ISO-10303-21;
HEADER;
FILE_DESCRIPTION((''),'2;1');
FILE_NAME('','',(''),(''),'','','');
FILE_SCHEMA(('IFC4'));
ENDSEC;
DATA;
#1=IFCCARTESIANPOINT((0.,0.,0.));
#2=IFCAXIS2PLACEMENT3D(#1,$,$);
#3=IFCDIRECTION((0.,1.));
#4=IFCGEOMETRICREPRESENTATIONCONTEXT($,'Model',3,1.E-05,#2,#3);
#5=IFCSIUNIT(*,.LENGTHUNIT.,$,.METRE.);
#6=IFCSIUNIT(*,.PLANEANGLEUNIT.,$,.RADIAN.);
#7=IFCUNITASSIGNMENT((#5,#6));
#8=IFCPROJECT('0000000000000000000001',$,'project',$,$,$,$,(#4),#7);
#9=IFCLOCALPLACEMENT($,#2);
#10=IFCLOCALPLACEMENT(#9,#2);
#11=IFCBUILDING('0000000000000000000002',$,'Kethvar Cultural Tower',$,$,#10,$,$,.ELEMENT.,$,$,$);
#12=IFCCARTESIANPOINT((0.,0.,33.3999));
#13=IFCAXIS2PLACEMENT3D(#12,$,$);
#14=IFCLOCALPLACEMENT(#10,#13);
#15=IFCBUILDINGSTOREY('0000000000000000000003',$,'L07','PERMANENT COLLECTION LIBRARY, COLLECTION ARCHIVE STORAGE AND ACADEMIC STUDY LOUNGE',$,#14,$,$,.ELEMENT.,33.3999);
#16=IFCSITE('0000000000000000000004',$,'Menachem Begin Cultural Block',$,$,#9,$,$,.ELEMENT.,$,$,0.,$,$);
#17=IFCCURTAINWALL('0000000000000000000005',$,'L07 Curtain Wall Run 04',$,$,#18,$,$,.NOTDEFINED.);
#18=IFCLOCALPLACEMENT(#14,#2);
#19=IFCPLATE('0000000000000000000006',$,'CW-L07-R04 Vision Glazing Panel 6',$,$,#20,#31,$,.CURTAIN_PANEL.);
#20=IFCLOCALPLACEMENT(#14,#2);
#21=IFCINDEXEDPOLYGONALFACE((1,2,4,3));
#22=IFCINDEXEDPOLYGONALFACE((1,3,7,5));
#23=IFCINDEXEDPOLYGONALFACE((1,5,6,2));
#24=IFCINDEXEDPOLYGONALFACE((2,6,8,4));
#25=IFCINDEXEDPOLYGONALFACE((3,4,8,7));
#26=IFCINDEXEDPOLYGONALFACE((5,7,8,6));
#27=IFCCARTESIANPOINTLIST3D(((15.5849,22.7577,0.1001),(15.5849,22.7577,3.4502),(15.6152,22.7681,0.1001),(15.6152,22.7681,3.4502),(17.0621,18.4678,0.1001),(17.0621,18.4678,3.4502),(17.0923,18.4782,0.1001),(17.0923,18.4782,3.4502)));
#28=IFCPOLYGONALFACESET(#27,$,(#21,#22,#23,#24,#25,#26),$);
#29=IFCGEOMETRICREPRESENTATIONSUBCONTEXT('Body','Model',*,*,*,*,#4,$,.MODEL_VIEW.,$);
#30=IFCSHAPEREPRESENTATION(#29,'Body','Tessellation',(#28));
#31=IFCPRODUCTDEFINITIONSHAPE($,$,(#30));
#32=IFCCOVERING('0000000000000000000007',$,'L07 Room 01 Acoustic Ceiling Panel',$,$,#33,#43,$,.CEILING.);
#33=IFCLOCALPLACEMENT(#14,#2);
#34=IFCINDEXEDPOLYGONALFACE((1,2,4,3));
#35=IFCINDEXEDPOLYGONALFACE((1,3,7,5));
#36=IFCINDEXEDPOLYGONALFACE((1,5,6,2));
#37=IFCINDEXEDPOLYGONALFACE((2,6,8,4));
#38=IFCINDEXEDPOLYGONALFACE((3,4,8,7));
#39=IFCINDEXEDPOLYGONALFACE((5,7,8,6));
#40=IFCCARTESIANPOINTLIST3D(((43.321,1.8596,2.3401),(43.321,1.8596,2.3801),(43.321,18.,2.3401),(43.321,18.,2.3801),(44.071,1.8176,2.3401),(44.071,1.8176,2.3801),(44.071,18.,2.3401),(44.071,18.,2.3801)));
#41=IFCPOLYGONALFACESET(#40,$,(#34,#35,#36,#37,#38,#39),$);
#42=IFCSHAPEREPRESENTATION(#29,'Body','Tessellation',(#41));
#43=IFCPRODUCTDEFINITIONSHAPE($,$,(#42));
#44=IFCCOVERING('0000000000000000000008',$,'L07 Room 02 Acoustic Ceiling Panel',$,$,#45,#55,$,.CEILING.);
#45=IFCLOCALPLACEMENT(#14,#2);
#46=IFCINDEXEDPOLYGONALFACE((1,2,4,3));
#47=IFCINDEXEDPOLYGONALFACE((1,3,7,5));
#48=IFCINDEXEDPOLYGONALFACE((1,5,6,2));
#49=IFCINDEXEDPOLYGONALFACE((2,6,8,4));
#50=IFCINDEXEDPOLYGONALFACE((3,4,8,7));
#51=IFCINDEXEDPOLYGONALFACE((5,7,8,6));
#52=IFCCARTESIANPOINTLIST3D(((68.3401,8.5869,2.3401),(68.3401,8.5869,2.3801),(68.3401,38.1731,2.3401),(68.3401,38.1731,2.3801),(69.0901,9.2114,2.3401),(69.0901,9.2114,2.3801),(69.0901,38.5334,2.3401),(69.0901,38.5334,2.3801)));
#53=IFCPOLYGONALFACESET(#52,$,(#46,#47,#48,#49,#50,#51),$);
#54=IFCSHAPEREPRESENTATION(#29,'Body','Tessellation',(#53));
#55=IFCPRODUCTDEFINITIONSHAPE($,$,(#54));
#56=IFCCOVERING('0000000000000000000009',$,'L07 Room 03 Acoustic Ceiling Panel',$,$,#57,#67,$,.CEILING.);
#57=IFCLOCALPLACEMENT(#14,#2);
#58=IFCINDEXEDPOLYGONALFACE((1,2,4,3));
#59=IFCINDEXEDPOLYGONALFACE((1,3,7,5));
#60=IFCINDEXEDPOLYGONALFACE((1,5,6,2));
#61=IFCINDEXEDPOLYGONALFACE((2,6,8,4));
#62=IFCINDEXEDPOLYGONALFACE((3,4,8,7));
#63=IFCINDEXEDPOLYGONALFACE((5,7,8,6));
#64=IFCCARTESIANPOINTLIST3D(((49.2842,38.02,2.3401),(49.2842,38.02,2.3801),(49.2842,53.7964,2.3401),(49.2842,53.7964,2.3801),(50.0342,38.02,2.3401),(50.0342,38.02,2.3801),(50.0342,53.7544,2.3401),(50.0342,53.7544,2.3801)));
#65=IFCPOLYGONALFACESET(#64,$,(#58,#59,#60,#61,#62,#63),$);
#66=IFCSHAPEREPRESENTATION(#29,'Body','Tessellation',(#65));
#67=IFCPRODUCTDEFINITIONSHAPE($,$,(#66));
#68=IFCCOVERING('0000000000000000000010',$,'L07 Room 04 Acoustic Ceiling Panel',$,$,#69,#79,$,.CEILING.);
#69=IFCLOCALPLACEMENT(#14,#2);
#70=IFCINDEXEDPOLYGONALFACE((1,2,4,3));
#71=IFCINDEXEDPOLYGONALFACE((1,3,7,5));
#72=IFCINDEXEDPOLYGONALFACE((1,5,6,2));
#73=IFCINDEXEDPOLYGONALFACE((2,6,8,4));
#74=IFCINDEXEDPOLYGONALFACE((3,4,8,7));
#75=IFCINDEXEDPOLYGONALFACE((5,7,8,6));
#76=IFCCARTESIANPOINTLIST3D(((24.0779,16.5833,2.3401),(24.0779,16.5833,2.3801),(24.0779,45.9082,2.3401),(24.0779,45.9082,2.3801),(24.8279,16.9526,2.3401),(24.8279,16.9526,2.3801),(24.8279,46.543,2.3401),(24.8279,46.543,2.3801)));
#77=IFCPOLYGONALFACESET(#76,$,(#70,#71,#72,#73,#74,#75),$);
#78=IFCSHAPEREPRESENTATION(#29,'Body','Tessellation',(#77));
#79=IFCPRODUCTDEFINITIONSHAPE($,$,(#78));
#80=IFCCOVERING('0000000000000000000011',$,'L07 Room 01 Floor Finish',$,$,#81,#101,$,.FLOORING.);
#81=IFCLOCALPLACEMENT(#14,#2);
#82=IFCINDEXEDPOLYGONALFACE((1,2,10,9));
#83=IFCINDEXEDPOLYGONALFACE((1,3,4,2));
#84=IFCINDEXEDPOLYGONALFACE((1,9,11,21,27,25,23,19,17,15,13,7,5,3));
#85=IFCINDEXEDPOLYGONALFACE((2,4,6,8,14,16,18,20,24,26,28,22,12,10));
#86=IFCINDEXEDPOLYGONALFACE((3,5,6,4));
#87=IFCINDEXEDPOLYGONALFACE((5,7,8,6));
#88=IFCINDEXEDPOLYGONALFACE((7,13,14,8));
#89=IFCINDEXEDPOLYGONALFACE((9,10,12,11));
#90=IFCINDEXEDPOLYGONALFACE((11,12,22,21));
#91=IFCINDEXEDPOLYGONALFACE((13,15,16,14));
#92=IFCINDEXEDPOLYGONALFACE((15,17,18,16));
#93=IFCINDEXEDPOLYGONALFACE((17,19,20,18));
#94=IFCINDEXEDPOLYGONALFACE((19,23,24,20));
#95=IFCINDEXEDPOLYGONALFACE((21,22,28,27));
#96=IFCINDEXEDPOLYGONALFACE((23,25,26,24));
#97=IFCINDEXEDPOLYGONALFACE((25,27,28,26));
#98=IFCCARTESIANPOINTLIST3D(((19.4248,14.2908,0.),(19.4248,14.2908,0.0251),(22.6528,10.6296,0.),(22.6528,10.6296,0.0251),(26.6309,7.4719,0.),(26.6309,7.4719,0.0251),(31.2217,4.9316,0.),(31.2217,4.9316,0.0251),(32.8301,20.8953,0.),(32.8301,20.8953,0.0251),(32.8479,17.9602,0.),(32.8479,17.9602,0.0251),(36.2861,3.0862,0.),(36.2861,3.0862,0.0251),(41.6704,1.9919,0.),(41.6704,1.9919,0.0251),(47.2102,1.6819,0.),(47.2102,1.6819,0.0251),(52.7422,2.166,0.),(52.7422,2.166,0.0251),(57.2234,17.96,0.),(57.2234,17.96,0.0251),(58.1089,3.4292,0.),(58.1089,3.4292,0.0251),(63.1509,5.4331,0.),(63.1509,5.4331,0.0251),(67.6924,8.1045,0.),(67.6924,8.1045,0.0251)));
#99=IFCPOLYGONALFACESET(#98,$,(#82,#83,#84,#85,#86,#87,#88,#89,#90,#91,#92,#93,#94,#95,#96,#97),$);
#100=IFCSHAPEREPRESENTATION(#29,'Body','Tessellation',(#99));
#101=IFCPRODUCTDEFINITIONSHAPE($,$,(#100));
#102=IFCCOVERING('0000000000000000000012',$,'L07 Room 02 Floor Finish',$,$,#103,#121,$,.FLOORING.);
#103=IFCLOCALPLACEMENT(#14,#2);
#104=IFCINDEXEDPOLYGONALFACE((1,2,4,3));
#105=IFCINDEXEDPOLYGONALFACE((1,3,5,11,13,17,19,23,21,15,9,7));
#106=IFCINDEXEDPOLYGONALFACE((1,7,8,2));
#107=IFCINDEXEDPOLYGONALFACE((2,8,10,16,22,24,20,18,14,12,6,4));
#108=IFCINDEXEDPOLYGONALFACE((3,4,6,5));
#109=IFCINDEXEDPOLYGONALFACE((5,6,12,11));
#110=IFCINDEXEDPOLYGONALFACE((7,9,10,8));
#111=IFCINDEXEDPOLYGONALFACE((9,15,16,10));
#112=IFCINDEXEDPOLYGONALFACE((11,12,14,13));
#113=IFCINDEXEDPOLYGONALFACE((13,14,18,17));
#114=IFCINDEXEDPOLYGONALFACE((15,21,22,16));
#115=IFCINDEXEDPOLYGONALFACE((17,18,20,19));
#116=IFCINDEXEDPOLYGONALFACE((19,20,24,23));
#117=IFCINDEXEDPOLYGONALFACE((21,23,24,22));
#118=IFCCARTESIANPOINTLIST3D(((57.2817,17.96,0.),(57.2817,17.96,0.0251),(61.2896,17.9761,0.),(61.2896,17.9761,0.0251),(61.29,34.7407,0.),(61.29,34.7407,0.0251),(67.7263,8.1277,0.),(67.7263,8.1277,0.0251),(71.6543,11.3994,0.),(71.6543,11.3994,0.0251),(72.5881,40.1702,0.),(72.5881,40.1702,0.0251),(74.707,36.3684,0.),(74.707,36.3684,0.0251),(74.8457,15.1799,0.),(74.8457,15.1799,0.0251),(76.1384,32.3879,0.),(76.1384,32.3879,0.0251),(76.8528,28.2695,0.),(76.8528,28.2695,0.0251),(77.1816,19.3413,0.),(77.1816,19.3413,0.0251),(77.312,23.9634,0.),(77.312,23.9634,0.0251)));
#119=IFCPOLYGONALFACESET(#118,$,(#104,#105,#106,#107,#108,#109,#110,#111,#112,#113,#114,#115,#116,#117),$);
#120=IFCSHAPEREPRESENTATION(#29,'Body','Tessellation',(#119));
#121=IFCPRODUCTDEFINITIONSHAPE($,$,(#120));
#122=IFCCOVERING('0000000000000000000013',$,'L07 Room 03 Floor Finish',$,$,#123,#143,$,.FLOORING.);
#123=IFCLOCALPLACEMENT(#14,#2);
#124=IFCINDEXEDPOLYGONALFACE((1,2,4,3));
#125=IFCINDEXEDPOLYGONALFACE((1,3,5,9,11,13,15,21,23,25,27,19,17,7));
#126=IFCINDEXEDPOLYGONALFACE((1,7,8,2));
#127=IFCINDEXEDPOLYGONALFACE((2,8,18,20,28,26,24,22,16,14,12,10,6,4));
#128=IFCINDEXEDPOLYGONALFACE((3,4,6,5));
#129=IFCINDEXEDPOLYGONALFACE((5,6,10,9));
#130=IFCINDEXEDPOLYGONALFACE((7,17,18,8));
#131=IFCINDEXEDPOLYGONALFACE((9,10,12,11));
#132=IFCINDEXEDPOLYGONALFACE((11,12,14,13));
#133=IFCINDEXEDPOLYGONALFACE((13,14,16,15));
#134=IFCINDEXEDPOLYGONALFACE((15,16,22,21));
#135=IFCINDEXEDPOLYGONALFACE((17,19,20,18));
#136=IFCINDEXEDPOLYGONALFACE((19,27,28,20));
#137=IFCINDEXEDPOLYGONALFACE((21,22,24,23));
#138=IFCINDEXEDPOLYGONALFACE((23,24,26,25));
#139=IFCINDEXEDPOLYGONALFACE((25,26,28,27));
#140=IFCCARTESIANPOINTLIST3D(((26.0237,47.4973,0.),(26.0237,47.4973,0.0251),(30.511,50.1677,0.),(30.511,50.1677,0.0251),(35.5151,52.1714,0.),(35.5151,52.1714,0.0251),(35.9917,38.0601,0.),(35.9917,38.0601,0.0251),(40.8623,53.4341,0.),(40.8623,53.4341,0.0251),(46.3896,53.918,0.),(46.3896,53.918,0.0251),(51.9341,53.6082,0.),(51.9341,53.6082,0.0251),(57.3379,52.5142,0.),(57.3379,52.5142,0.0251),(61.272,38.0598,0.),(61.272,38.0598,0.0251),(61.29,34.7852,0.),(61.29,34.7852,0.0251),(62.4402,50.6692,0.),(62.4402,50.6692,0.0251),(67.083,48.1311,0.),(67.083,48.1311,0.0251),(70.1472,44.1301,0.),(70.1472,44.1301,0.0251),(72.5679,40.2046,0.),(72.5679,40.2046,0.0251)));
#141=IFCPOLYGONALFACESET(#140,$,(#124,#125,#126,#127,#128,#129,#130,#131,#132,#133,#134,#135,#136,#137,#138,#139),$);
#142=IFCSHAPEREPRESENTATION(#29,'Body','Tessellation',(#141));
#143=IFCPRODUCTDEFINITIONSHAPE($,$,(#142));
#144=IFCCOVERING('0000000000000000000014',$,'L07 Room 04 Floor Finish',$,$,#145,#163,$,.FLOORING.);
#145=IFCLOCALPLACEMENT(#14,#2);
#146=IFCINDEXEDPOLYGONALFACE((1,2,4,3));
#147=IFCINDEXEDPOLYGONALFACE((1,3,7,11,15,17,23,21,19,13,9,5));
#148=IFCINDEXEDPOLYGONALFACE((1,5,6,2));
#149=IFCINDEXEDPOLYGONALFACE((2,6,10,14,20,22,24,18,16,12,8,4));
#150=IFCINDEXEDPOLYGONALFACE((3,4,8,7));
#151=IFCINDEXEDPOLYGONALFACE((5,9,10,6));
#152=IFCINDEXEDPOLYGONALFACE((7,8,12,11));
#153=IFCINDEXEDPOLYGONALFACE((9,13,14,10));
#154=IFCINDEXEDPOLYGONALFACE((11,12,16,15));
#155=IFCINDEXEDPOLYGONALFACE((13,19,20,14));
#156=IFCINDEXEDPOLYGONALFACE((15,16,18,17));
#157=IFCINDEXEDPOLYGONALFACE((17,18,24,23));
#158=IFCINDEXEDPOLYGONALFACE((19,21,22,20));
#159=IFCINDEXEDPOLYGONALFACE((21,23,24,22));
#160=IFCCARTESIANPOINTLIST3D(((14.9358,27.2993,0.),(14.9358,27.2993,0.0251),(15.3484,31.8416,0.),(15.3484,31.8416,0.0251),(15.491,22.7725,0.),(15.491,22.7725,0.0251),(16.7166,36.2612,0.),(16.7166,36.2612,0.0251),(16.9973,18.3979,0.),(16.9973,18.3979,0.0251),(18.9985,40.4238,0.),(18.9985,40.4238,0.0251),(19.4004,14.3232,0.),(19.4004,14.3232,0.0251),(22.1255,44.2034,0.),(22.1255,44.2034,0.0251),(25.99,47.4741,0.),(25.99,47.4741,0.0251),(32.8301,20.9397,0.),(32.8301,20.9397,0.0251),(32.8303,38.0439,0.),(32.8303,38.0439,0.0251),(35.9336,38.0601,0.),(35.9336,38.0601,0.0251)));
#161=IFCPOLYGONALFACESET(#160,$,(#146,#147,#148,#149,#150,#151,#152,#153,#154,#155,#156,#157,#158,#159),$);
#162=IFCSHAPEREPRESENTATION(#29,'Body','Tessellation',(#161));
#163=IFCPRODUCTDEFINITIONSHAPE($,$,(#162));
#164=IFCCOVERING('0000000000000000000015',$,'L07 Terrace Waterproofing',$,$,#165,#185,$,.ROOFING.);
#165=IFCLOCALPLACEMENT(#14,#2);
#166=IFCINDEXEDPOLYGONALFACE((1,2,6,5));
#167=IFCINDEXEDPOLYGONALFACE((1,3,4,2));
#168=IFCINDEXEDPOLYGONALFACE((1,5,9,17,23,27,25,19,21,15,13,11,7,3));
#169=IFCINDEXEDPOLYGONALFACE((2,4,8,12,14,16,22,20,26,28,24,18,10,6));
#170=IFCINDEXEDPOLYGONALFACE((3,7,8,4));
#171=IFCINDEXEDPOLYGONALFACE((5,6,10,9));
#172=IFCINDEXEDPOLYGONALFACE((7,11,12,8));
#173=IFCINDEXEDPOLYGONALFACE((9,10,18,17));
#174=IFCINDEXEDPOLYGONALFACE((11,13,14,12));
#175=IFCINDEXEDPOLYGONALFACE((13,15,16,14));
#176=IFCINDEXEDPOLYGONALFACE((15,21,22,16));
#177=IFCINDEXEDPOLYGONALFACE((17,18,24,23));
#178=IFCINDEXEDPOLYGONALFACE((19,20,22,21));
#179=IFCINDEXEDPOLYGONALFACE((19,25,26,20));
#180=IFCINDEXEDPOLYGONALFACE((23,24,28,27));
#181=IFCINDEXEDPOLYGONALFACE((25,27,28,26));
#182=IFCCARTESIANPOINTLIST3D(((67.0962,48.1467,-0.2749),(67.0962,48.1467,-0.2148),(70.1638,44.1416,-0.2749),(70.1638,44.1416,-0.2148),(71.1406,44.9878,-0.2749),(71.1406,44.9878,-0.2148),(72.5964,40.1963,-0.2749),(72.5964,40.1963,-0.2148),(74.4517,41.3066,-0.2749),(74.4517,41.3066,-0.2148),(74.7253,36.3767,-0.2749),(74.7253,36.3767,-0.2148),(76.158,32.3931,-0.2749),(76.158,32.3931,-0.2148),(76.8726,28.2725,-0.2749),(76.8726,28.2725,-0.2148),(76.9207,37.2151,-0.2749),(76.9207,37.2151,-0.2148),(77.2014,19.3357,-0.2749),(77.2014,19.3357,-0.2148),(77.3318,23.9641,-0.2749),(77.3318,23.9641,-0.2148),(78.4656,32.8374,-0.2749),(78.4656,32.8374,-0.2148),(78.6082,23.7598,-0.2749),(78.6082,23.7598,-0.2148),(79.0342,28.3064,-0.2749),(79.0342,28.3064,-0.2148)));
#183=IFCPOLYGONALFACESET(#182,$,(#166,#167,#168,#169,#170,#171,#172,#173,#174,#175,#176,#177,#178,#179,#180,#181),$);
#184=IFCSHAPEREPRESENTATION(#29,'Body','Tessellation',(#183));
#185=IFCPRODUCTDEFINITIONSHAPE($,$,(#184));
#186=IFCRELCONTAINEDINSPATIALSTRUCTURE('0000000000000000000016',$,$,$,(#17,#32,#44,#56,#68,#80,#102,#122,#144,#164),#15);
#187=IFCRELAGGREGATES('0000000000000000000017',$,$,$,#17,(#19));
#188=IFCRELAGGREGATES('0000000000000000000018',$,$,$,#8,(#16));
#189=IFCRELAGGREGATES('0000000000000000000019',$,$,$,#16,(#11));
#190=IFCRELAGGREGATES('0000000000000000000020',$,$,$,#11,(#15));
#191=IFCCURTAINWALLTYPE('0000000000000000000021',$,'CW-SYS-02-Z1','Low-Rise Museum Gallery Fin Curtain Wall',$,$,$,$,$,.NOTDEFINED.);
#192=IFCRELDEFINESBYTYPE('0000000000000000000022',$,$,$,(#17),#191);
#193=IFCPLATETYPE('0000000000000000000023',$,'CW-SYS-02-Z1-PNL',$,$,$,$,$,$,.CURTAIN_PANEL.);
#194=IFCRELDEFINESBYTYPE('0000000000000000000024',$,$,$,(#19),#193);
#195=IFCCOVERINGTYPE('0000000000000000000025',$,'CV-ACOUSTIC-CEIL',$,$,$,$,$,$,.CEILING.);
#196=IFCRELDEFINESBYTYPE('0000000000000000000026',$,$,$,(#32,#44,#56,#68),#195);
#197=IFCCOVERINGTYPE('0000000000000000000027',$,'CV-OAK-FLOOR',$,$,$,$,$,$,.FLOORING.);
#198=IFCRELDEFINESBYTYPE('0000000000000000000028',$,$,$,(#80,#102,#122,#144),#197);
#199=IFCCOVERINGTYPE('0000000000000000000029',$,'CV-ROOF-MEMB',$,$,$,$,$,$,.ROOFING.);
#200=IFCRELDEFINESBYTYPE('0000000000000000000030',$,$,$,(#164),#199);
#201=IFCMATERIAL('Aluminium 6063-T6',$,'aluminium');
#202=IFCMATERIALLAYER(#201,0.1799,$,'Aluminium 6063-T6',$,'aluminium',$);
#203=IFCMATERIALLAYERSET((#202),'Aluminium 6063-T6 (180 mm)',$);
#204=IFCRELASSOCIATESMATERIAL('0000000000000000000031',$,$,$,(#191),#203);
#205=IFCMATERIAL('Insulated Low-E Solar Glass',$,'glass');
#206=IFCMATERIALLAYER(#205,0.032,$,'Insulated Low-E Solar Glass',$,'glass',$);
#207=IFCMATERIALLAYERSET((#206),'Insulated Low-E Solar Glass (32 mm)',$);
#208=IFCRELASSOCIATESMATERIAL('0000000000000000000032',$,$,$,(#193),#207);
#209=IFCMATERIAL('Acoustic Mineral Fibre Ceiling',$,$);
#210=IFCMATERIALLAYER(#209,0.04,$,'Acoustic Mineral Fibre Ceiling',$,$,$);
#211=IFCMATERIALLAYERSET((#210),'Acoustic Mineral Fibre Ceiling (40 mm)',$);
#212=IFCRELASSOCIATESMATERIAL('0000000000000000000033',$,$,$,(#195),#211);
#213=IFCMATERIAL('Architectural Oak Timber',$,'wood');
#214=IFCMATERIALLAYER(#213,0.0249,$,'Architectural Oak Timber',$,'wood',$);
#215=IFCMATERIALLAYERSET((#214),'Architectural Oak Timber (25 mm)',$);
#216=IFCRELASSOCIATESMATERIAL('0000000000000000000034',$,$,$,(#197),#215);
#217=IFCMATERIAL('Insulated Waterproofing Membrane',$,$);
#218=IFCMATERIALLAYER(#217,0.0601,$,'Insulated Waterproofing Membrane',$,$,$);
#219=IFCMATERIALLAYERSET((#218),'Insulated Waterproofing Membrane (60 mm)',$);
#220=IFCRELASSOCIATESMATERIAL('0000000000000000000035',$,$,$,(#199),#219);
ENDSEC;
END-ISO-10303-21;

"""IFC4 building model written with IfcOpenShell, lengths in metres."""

from ifc_helpers import new_model, si_unit, direction, frame, origin, origin_2d, place, context, subcontext, project, spatial, polyline, rectangle, outline, extrude, source, transform, mapped, material, layer, layer_set, type_object, element, aggregate, save


model = new_model("IFC4")

# Units and contexts
model_context = context("Model", 3, precision=1e-05, world=origin(), true_north=direction((0.0, 1.0)))
body_context = subcontext(model_context, "Body", "Model", "MODEL_VIEW")
ifc_project = project(units=[si_unit("LENGTHUNIT", "METRE"), si_unit("PLANEANGLEUNIT", "RADIAN")], contexts=[model_context])

# Site, building, storey
site_placement = place(None, origin())
site = spatial("IfcSite", under=ifc_project, at=site_placement, Name="Menachem Begin Cultural Block", CompositionType="ELEMENT", RefElevation=0.0)
building_placement = place(site_placement, origin())
building = spatial("IfcBuilding", under=site, at=building_placement, Name="Kethvar Cultural Tower", CompositionType="ELEMENT")
storey_placement = place(building_placement, frame((0.0, 0.0, 33.3999)))
storey = spatial("IfcBuildingStorey", under=building, at=storey_placement, Name="L07", Description="PERMANENT COLLECTION LIBRARY, COLLECTION ARCHIVE STORAGE AND ACADEMIC STUDY LOUNGE", CompositionType="ELEMENT", Elevation=33.3999)

# Curtain wall
ifc_material_1 = material(Name="Aluminium 6063-T6", Category="aluminium")
ifc_layer_1 = layer(ifc_material_1, 0.1799, Name="Aluminium 6063-T6", Category="aluminium")
ifc_layer_set_1 = layer_set([ifc_layer_1], Name="Aluminium 6063-T6 (180 mm)")
curtain_wall_type = type_object("IfcCurtainWallType", Name="CW-SYS-02-Z1", Description="Low-Rise Museum Gallery Fin Curtain Wall", PredefinedType="NOTDEFINED", material=ifc_layer_set_1)
curtain_wall_1_placement = place(storey_placement, origin())
curtain_wall_1 = element("IfcCurtainWall", 1, at=curtain_wall_1_placement, inside=storey, type_object=curtain_wall_type, Name="L07 Curtain Wall Run 04", PredefinedType="NOTDEFINED")

# Plate
ifc_material_2 = material(Name="Insulated Low-E Solar Glass", Category="glass")
ifc_layer_2 = layer(ifc_material_2, 0.032, Name="Insulated Low-E Solar Glass", Category="glass")
ifc_layer_set_2 = layer_set([ifc_layer_2], Name="Insulated Low-E Solar Glass (32 mm)")
plate_type = type_object("IfcPlateType", Name="CW-SYS-02-Z1-PNL", PredefinedType="CURTAIN_PANEL", material=ifc_layer_set_2)
shared_shape_1 = source(origin(), body_context, "Body", "SweptSolid", [
    extrude(rectangle(XDim=4.5371, YDim=0.032, at=origin_2d()), origin(), (0.0, 0.0, 1.0), 3.3501),
])
plate_placement = place(storey_placement, frame((16.3386, 20.6179, 0.1001), z_axis=(0.0, 0.0, 1.0), x_axis=(0.325568, -0.945519, 0.0)))
plate = element("IfcPlate", 2, at=plate_placement, type_object=plate_type, Name="CW-L07-R04 Vision Glazing Panel 6", PredefinedType="CURTAIN_PANEL", context=body_context, shape_type="MappedRepresentation", body=[
    mapped(shared_shape_1, transform((0.0, 0.0, 0.0), scale=1.0)),
])
aggregate(curtain_wall_1, [plate])

# Coverings
ifc_material_3 = material(Name="Acoustic Mineral Fibre Ceiling")
ifc_layer_3 = layer(ifc_material_3, 0.04, Name="Acoustic Mineral Fibre Ceiling")
ifc_layer_set_3 = layer_set([ifc_layer_3], Name="Acoustic Mineral Fibre Ceiling (40 mm)")
covering_type_1 = type_object("IfcCoveringType", Name="CV-ACOUSTIC-CEIL", PredefinedType="CEILING", material=ifc_layer_set_3)
covering_1_placement = place(storey_placement, frame((0.0, 0.0, 2.3401)))
element("IfcCovering", 3, at=covering_1_placement, inside=storey, type_object=covering_type_1, Name="L07 Room 01 Acoustic Ceiling Panel", PredefinedType="CEILING", context=body_context, shape_type="SweptSolid", body=[
    extrude(outline(polyline([(43.321, 1.8596), (43.321, 18.0), (44.071, 18.0), (44.071, 1.8176), (43.321, 1.8596)])), origin(), (0.0, 0.0, 1.0), 0.04),
])
covering_2_placement = place(storey_placement, frame((0.0, 0.0, 2.3401)))
element("IfcCovering", 4, at=covering_2_placement, inside=storey, type_object=covering_type_1, Name="L07 Room 02 Acoustic Ceiling Panel", PredefinedType="CEILING", context=body_context, shape_type="SweptSolid", body=[
    extrude(outline(polyline([(68.3401, 8.5869), (68.3401, 38.1731), (69.0901, 38.5334), (69.0901, 9.2114), (68.3401, 8.5869)])), origin(), (0.0, 0.0, 1.0), 0.04),
])
covering_3_placement = place(storey_placement, frame((0.0, 0.0, 2.3401)))
element("IfcCovering", 5, at=covering_3_placement, inside=storey, type_object=covering_type_1, Name="L07 Room 03 Acoustic Ceiling Panel", PredefinedType="CEILING", context=body_context, shape_type="SweptSolid", body=[
    extrude(outline(polyline([(50.0342, 53.7544), (50.0342, 38.02), (49.2842, 38.02), (49.2842, 53.7964), (50.0342, 53.7544)])), origin(), (0.0, 0.0, 1.0), 0.04),
])
covering_4_placement = place(storey_placement, frame((0.0, 0.0, 2.3401)))
element("IfcCovering", 6, at=covering_4_placement, inside=storey, type_object=covering_type_1, Name="L07 Room 04 Acoustic Ceiling Panel", PredefinedType="CEILING", context=body_context, shape_type="SweptSolid", body=[
    extrude(outline(polyline([(24.8279, 46.543), (24.8279, 16.9526), (24.0779, 16.5833), (24.0779, 45.9082), (24.8279, 46.543)])), origin(), (0.0, 0.0, 1.0), 0.04),
])
ifc_material_4 = material(Name="Architectural Oak Timber", Category="wood")
ifc_layer_4 = layer(ifc_material_4, 0.0249, Name="Architectural Oak Timber", Category="wood")
ifc_layer_set_4 = layer_set([ifc_layer_4], Name="Architectural Oak Timber (25 mm)")
covering_type_2 = type_object("IfcCoveringType", Name="CV-OAK-FLOOR", PredefinedType="FLOORING", material=ifc_layer_set_4)
covering_5_placement = place(storey_placement, origin())
element("IfcCovering", 7, at=covering_5_placement, inside=storey, type_object=covering_type_2, Name="L07 Room 01 Floor Finish", PredefinedType="FLOORING", context=body_context, shape_type="SweptSolid", body=[
    extrude(outline(polyline([(63.1509, 5.4331), (58.1089, 3.4292), (52.7422, 2.166), (47.2102, 1.6819), (41.6704, 1.9919), (36.2861, 3.0862), (31.2217, 4.9316), (26.6309, 7.4719), (22.6528, 10.6296), (19.4248, 14.2908), (32.8301, 20.8953), (32.8479, 17.9602), (57.2234, 17.96), (67.6924, 8.1045), (63.1509, 5.4331)])), origin(), (0.0, 0.0, 1.0), 0.0251),
])
covering_6_placement = place(storey_placement, origin())
element("IfcCovering", 8, at=covering_6_placement, inside=storey, type_object=covering_type_2, Name="L07 Room 02 Floor Finish", PredefinedType="FLOORING", context=body_context, shape_type="SweptSolid", body=[
    extrude(outline(polyline([(77.1816, 19.3413), (74.8457, 15.1799), (71.6543, 11.3994), (67.7263, 8.1277), (57.2817, 17.96), (61.2896, 17.9761), (61.29, 34.7407), (72.5881, 40.1702), (74.707, 36.3684), (76.1384, 32.3879), (76.8528, 28.2695), (77.312, 23.9634), (77.1816, 19.3413)])), origin(), (0.0, 0.0, 1.0), 0.0251),
])
covering_7_placement = place(storey_placement, origin())
element("IfcCovering", 9, at=covering_7_placement, inside=storey, type_object=covering_type_2, Name="L07 Room 03 Floor Finish", PredefinedType="FLOORING", context=body_context, shape_type="SweptSolid", body=[
    extrude(outline(polyline([(26.0237, 47.4973), (30.511, 50.1677), (35.5151, 52.1714), (40.8623, 53.4341), (46.3896, 53.918), (51.9341, 53.6082), (57.3379, 52.5142), (62.4402, 50.6692), (67.083, 48.1311), (70.1472, 44.1301), (72.5679, 40.2046), (61.29, 34.7852), (61.272, 38.0598), (35.9917, 38.0601), (26.0237, 47.4973)])), origin(), (0.0, 0.0, 1.0), 0.0251),
])
covering_8_placement = place(storey_placement, origin())
element("IfcCovering", 10, at=covering_8_placement, inside=storey, type_object=covering_type_2, Name="L07 Room 04 Floor Finish", PredefinedType="FLOORING", context=body_context, shape_type="SweptSolid", body=[
    extrude(outline(polyline([(16.9973, 18.3979), (15.491, 22.7725), (14.9358, 27.2993), (15.3484, 31.8416), (16.7166, 36.2612), (18.9985, 40.4238), (22.1255, 44.2034), (25.99, 47.4741), (35.9336, 38.0601), (32.8303, 38.0439), (32.8301, 20.9397), (19.4004, 14.3232), (16.9973, 18.3979)])), origin(), (0.0, 0.0, 1.0), 0.0251),
])
ifc_material_5 = material(Name="Insulated Waterproofing Membrane")
ifc_layer_5 = layer(ifc_material_5, 0.0601, Name="Insulated Waterproofing Membrane")
ifc_layer_set_5 = layer_set([ifc_layer_5], Name="Insulated Waterproofing Membrane (60 mm)")
covering_type_3 = type_object("IfcCoveringType", Name="CV-ROOF-MEMB", PredefinedType="ROOFING", material=ifc_layer_set_5)
covering_9_placement = place(storey_placement, frame((0.0, 0.0, -0.2749)))
element("IfcCovering", 11, at=covering_9_placement, inside=storey, type_object=covering_type_3, Name="L07 Terrace Waterproofing", PredefinedType="ROOFING", context=body_context, shape_type="SweptSolid", body=[
    extrude(outline(polyline([(77.2014, 19.3357), (78.6082, 23.7598), (79.0342, 28.3064), (78.4656, 32.8374), (76.9207, 37.2151), (74.4517, 41.3066), (71.1406, 44.9878), (67.0962, 48.1467), (70.1638, 44.1416), (72.5964, 40.1963), (74.7253, 36.3767), (76.158, 32.3931), (76.8726, 28.2725), (77.3318, 23.9641), (77.2014, 19.3357)])), origin(), (0.0, 0.0, 1.0), 0.0601),
])

save(model, "model.ifc")
